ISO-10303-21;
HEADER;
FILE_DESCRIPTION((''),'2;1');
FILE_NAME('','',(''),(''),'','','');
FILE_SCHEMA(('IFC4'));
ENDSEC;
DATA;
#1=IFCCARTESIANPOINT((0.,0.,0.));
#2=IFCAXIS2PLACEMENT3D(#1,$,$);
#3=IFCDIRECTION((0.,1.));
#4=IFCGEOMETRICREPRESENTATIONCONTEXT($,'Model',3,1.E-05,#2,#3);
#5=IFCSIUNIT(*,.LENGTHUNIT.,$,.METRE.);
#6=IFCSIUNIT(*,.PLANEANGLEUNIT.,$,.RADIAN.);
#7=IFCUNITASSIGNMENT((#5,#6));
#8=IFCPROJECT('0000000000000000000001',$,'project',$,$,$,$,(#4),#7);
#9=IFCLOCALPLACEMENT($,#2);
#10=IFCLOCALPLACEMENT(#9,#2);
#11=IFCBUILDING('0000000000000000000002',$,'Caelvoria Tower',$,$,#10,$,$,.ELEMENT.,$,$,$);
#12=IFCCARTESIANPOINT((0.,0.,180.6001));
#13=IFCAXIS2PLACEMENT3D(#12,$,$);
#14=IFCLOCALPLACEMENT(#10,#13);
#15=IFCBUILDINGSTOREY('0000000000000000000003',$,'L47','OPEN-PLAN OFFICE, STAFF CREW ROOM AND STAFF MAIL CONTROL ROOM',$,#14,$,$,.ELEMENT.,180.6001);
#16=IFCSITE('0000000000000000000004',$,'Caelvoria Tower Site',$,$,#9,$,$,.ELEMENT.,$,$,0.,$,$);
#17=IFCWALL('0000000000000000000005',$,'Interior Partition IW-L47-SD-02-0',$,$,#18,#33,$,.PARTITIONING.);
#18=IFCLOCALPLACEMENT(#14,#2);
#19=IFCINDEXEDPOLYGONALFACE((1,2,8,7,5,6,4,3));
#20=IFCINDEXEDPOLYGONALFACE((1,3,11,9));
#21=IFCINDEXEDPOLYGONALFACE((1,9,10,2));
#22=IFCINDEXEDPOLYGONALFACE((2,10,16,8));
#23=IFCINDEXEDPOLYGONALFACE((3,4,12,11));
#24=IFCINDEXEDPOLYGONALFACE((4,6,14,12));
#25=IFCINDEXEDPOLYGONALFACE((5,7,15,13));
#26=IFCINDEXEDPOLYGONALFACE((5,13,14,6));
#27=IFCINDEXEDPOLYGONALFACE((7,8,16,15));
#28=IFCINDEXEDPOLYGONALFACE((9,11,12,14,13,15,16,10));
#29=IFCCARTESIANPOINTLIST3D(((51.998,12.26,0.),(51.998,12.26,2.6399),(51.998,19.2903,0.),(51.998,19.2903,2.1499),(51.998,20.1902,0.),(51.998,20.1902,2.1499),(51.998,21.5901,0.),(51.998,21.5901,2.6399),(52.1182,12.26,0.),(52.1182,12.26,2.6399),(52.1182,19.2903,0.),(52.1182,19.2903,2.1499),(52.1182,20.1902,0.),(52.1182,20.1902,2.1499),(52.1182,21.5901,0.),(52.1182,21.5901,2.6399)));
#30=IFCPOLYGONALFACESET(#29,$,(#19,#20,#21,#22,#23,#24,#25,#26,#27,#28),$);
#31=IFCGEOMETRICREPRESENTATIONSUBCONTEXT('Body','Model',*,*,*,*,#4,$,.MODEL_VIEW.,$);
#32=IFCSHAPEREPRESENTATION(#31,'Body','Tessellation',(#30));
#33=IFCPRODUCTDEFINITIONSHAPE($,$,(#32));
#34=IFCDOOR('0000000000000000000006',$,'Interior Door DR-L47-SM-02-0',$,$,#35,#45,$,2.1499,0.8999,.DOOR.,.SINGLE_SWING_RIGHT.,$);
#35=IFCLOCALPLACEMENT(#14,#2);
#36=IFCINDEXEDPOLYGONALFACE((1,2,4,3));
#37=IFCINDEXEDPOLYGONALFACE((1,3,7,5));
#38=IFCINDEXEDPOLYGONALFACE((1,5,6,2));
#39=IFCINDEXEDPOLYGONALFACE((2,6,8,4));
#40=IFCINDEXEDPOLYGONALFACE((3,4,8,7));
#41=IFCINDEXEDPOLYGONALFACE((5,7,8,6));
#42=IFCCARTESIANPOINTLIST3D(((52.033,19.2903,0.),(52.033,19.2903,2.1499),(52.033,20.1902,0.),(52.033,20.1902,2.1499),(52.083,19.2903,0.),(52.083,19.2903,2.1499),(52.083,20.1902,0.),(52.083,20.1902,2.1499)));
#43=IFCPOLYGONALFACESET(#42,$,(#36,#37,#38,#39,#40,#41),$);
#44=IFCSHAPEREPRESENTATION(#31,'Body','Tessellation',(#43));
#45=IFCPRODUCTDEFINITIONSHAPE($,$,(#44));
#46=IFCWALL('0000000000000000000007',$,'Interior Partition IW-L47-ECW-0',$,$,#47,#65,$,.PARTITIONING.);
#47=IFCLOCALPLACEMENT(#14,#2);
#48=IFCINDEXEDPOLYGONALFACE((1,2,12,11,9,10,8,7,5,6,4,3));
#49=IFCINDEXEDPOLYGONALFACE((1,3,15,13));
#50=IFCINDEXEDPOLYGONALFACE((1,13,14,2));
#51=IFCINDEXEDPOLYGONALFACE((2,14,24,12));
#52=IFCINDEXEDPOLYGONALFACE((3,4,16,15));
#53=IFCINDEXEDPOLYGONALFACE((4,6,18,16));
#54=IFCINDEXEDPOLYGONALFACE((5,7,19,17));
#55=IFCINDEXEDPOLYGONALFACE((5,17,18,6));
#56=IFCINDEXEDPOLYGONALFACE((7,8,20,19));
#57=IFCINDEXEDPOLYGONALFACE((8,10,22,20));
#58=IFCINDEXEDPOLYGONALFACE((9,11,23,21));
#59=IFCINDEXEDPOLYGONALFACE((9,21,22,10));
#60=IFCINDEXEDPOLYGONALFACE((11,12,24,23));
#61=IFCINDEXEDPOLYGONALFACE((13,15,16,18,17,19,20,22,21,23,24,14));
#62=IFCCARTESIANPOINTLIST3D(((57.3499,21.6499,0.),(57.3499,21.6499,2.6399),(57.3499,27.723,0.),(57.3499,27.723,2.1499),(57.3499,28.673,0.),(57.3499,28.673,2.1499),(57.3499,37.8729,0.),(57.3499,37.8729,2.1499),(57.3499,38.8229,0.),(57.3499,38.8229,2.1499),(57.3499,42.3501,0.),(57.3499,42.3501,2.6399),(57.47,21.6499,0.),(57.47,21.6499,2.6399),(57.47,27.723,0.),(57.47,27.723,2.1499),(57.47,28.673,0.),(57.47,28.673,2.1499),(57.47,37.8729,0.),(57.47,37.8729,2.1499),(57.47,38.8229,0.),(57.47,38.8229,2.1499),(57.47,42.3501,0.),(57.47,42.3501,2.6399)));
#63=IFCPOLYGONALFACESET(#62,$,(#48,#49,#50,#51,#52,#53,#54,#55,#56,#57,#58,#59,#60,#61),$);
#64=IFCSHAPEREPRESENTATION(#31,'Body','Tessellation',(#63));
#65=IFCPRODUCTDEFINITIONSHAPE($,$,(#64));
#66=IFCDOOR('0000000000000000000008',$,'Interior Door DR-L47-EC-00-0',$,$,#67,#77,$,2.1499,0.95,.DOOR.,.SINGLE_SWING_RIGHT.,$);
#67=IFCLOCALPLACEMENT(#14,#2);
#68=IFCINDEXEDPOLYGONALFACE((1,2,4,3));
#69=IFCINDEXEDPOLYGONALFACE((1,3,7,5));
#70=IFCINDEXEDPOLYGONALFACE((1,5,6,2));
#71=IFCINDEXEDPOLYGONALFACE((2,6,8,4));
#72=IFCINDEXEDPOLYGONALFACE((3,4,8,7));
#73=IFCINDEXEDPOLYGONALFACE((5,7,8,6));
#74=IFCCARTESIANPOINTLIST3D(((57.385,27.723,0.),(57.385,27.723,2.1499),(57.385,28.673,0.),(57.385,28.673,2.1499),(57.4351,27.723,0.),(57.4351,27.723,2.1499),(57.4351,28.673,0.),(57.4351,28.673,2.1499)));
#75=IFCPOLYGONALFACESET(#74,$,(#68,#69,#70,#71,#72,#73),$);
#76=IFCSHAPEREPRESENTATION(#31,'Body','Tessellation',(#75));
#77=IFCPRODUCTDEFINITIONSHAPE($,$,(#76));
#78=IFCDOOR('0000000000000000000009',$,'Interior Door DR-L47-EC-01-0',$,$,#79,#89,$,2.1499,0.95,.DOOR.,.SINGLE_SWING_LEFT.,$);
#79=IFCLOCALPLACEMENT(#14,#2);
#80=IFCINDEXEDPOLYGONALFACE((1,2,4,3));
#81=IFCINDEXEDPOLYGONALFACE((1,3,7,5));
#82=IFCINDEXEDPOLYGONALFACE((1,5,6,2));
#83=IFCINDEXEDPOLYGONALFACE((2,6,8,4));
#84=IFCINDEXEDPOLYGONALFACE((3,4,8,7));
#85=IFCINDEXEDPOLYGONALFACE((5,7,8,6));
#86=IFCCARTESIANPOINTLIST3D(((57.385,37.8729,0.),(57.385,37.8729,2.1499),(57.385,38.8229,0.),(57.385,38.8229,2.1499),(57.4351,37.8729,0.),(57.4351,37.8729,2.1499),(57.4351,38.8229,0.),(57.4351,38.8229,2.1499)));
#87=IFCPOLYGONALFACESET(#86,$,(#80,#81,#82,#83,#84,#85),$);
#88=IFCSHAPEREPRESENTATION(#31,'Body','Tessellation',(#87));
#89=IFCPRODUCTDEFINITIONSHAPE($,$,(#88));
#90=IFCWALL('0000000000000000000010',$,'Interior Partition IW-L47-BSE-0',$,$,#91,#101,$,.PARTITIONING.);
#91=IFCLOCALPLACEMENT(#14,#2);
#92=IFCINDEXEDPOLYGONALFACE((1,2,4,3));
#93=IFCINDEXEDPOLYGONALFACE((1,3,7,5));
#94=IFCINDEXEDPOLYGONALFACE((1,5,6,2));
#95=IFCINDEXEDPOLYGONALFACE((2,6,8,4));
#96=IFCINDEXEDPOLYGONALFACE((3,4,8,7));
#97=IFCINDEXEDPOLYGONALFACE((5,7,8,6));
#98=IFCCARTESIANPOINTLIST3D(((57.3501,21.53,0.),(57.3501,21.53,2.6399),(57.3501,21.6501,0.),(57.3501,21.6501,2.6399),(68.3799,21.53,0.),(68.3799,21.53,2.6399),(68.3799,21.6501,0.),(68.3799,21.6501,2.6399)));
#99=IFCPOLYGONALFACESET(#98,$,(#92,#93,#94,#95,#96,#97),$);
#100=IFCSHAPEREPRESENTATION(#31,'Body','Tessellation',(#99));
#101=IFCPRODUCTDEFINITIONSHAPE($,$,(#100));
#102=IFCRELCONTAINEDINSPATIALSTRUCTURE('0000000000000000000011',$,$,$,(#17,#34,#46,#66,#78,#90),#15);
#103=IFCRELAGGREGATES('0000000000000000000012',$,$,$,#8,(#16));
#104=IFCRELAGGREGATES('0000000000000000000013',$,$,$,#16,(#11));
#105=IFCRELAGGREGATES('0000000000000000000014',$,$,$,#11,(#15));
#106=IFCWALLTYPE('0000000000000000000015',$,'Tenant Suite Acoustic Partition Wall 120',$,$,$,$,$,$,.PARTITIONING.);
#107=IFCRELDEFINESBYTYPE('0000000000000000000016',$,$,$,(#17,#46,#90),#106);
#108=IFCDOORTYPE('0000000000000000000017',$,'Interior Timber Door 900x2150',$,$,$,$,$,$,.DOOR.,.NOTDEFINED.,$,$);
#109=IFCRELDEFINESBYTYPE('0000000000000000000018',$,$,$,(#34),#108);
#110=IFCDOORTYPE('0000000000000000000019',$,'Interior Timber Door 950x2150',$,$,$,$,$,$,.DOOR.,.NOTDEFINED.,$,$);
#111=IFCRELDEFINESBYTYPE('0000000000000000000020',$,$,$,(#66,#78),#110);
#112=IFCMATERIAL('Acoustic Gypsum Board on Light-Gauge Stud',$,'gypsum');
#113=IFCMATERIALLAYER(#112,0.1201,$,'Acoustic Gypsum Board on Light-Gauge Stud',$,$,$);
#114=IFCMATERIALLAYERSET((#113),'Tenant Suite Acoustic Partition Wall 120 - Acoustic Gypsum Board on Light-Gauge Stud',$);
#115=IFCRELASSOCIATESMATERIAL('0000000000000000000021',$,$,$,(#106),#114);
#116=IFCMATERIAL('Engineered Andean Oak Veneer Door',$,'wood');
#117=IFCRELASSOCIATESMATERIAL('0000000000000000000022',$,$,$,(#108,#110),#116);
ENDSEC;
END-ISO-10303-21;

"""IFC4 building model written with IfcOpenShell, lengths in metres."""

from ifc_helpers import new_model, si_unit, direction, frame, frame_2d, origin, place, context, subcontext, project, spatial, rectangle, extrude, material, layer, layer_set, type_object, element, fill, save


model = new_model("IFC4")

# Units and contexts
model_context = context("Model", 3, precision=1e-05, world=origin(), true_north=direction((0.0, 1.0)))
body_context = subcontext(model_context, "Body", "Model", "MODEL_VIEW")
ifc_project = project(units=[si_unit("LENGTHUNIT", "METRE"), si_unit("PLANEANGLEUNIT", "RADIAN")], contexts=[model_context])

# Site, building, storey
site_placement = place(None, origin())
site = spatial("IfcSite", under=ifc_project, at=site_placement, Name="Caelvoria Tower Site", CompositionType="ELEMENT", RefElevation=0.0)
building_placement = place(site_placement, origin())
building = spatial("IfcBuilding", under=site, at=building_placement, Name="Caelvoria Tower", CompositionType="ELEMENT")
storey_placement = place(building_placement, frame((0.0, 0.0, 180.6001)))
storey = spatial("IfcBuildingStorey", under=building, at=storey_placement, Name="L47", Description="OPEN-PLAN OFFICE, STAFF CREW ROOM AND STAFF MAIL CONTROL ROOM", CompositionType="ELEMENT", Elevation=180.6001)

# Wall, opening, door
ifc_material_1 = material(Name="Acoustic Gypsum Board on Light-Gauge Stud", Category="gypsum")
ifc_layer_1 = layer(ifc_material_1, 0.1201, Name="Acoustic Gypsum Board on Light-Gauge Stud")
ifc_layer_set_1 = layer_set([ifc_layer_1], Name="Tenant Suite Acoustic Partition Wall 120 - Acoustic Gypsum Board on Light-Gauge Stud")
wall_type_1 = type_object("IfcWallType", Name="Tenant Suite Acoustic Partition Wall 120", PredefinedType="PARTITIONING", material=ifc_layer_set_1)
wall_1_placement = place(storey_placement, frame((52.0581, 21.5901, 0.0), z_axis=(0.0, 0.0, 1.0), x_axis=(0.0, -1.0, 0.0)))
wall_1 = element("IfcWall", 1, at=wall_1_placement, inside=storey, type_object=wall_type_1, Name="Interior Partition IW-L47-SD-02-0", PredefinedType="PARTITIONING", context=body_context, shape_type="SweptSolid", body=[
    extrude(rectangle(XDim=9.3301, YDim=0.1201, at=frame_2d((4.665, 0.0))), origin(), (0.0, 0.0, 1.0), 2.6399),
])
opening_1_placement = place(wall_1_placement, frame((1.3999, 0.0, 0.0)))
opening_1 = element("IfcOpeningElement", 2, at=opening_1_placement, cuts=wall_1, PredefinedType="OPENING", context=body_context, shape_type="SweptSolid", body=[
    extrude(rectangle(XDim=0.8999, YDim=2.1499, at=frame_2d((0.45, 1.075))), frame((0.0, 0.0701, 0.0), z_axis=(0.0, -1.0, 0.0), x_axis=(1.0, 0.0, 0.0)), (0.0, 0.0, 1.0), 0.1401),
])
ifc_material_2 = material(Name="Engineered Andean Oak Veneer Door", Category="wood")
door_type_1 = type_object("IfcDoorType", Name="Interior Timber Door 900x2150", OperationType="NOTDEFINED", PredefinedType="DOOR", material=ifc_material_2)
door_1_placement = place(opening_1_placement, origin())
door_1 = element("IfcDoor", 3, at=door_1_placement, inside=storey, type_object=door_type_1, Name="Interior Door DR-L47-SM-02-0", OperationType="SINGLE_SWING_RIGHT", OverallHeight=2.1499, OverallWidth=0.8999, PredefinedType="DOOR", context=body_context, shape_type="SweptSolid", body=[
    extrude(rectangle(XDim=0.8999, YDim=2.1499, at=frame_2d((0.45, 1.075))), frame((0.0, 0.0249, 0.0), z_axis=(0.0, -1.0, 0.0), x_axis=(1.0, 0.0, 0.0)), (0.0, 0.0, 1.0), 0.05),
])
fill(opening_1, door_1)

# Wall, openings, doors
wall_2_placement = place(storey_placement, frame((57.4099, 21.6499, 0.0), z_axis=(0.0, 0.0, 1.0), x_axis=(0.0, 1.0, 0.0)))
wall_2 = element("IfcWall", 4, at=wall_2_placement, inside=storey, type_object=wall_type_1, Name="Interior Partition IW-L47-ECW-0", PredefinedType="PARTITIONING", context=body_context, shape_type="SweptSolid", body=[
    extrude(rectangle(XDim=20.7002, YDim=0.1201, at=frame_2d((10.3501, 0.0))), origin(), (0.0, 0.0, 1.0), 2.6399),
])
opening_2_placement = place(wall_2_placement, frame((6.073, 0.0, 0.0)))
opening_2 = element("IfcOpeningElement", 5, at=opening_2_placement, cuts=wall_2, PredefinedType="OPENING", context=body_context, shape_type="SweptSolid", body=[
    extrude(rectangle(XDim=0.95, YDim=2.1499, at=frame_2d((0.4751, 1.075))), frame((0.0, 0.0701, 0.0), z_axis=(0.0, -1.0, 0.0), x_axis=(1.0, 0.0, 0.0)), (0.0, 0.0, 1.0), 0.1401),
])
opening_3_placement = place(wall_2_placement, frame((16.2229, 0.0, 0.0)))
opening_3 = element("IfcOpeningElement", 6, at=opening_3_placement, cuts=wall_2, PredefinedType="OPENING", context=body_context, shape_type="SweptSolid", body=[
    extrude(rectangle(XDim=0.95, YDim=2.1499, at=frame_2d((0.4751, 1.075))), frame((0.0, 0.0701, 0.0), z_axis=(0.0, -1.0, 0.0), x_axis=(1.0, 0.0, 0.0)), (0.0, 0.0, 1.0), 0.1401),
])
door_type_2 = type_object("IfcDoorType", Name="Interior Timber Door 950x2150", OperationType="NOTDEFINED", PredefinedType="DOOR", material=ifc_material_2)
door_2_placement = place(opening_2_placement, origin())
door_2 = element("IfcDoor", 7, at=door_2_placement, inside=storey, type_object=door_type_2, Name="Interior Door DR-L47-EC-00-0", OperationType="SINGLE_SWING_RIGHT", OverallHeight=2.1499, OverallWidth=0.95, PredefinedType="DOOR", context=body_context, shape_type="SweptSolid", body=[
    extrude(rectangle(XDim=0.95, YDim=2.1499, at=frame_2d((0.4751, 1.075))), frame((0.0, 0.0249, 0.0), z_axis=(0.0, -1.0, 0.0), x_axis=(1.0, 0.0, 0.0)), (0.0, 0.0, 1.0), 0.05),
])
fill(opening_2, door_2)
door_3_placement = place(opening_3_placement, origin())
door_3 = element("IfcDoor", 8, at=door_3_placement, inside=storey, type_object=door_type_2, Name="Interior Door DR-L47-EC-01-0", OperationType="SINGLE_SWING_LEFT", OverallHeight=2.1499, OverallWidth=0.95, PredefinedType="DOOR", context=body_context, shape_type="SweptSolid", body=[
    extrude(rectangle(XDim=0.95, YDim=2.1499, at=frame_2d((0.4751, 1.075))), frame((0.0, 0.0249, 0.0), z_axis=(0.0, -1.0, 0.0), x_axis=(1.0, 0.0, 0.0)), (0.0, 0.0, 1.0), 0.05),
])
fill(opening_3, door_3)

# Wall
wall_3_placement = place(storey_placement, frame((57.3501, 21.5901, 0.0), z_axis=(0.0, 0.0, 1.0), x_axis=(1.0, 0.0, 0.0)))
element("IfcWall", 9, at=wall_3_placement, inside=storey, type_object=wall_type_1, Name="Interior Partition IW-L47-BSE-0", PredefinedType="PARTITIONING", context=body_context, shape_type="SweptSolid", body=[
    extrude(rectangle(XDim=11.0298, YDim=0.1201, at=frame_2d((5.5149, 0.0))), origin(), (0.0, 0.0, 1.0), 2.6399),
])

save(model, "model.ifc")
